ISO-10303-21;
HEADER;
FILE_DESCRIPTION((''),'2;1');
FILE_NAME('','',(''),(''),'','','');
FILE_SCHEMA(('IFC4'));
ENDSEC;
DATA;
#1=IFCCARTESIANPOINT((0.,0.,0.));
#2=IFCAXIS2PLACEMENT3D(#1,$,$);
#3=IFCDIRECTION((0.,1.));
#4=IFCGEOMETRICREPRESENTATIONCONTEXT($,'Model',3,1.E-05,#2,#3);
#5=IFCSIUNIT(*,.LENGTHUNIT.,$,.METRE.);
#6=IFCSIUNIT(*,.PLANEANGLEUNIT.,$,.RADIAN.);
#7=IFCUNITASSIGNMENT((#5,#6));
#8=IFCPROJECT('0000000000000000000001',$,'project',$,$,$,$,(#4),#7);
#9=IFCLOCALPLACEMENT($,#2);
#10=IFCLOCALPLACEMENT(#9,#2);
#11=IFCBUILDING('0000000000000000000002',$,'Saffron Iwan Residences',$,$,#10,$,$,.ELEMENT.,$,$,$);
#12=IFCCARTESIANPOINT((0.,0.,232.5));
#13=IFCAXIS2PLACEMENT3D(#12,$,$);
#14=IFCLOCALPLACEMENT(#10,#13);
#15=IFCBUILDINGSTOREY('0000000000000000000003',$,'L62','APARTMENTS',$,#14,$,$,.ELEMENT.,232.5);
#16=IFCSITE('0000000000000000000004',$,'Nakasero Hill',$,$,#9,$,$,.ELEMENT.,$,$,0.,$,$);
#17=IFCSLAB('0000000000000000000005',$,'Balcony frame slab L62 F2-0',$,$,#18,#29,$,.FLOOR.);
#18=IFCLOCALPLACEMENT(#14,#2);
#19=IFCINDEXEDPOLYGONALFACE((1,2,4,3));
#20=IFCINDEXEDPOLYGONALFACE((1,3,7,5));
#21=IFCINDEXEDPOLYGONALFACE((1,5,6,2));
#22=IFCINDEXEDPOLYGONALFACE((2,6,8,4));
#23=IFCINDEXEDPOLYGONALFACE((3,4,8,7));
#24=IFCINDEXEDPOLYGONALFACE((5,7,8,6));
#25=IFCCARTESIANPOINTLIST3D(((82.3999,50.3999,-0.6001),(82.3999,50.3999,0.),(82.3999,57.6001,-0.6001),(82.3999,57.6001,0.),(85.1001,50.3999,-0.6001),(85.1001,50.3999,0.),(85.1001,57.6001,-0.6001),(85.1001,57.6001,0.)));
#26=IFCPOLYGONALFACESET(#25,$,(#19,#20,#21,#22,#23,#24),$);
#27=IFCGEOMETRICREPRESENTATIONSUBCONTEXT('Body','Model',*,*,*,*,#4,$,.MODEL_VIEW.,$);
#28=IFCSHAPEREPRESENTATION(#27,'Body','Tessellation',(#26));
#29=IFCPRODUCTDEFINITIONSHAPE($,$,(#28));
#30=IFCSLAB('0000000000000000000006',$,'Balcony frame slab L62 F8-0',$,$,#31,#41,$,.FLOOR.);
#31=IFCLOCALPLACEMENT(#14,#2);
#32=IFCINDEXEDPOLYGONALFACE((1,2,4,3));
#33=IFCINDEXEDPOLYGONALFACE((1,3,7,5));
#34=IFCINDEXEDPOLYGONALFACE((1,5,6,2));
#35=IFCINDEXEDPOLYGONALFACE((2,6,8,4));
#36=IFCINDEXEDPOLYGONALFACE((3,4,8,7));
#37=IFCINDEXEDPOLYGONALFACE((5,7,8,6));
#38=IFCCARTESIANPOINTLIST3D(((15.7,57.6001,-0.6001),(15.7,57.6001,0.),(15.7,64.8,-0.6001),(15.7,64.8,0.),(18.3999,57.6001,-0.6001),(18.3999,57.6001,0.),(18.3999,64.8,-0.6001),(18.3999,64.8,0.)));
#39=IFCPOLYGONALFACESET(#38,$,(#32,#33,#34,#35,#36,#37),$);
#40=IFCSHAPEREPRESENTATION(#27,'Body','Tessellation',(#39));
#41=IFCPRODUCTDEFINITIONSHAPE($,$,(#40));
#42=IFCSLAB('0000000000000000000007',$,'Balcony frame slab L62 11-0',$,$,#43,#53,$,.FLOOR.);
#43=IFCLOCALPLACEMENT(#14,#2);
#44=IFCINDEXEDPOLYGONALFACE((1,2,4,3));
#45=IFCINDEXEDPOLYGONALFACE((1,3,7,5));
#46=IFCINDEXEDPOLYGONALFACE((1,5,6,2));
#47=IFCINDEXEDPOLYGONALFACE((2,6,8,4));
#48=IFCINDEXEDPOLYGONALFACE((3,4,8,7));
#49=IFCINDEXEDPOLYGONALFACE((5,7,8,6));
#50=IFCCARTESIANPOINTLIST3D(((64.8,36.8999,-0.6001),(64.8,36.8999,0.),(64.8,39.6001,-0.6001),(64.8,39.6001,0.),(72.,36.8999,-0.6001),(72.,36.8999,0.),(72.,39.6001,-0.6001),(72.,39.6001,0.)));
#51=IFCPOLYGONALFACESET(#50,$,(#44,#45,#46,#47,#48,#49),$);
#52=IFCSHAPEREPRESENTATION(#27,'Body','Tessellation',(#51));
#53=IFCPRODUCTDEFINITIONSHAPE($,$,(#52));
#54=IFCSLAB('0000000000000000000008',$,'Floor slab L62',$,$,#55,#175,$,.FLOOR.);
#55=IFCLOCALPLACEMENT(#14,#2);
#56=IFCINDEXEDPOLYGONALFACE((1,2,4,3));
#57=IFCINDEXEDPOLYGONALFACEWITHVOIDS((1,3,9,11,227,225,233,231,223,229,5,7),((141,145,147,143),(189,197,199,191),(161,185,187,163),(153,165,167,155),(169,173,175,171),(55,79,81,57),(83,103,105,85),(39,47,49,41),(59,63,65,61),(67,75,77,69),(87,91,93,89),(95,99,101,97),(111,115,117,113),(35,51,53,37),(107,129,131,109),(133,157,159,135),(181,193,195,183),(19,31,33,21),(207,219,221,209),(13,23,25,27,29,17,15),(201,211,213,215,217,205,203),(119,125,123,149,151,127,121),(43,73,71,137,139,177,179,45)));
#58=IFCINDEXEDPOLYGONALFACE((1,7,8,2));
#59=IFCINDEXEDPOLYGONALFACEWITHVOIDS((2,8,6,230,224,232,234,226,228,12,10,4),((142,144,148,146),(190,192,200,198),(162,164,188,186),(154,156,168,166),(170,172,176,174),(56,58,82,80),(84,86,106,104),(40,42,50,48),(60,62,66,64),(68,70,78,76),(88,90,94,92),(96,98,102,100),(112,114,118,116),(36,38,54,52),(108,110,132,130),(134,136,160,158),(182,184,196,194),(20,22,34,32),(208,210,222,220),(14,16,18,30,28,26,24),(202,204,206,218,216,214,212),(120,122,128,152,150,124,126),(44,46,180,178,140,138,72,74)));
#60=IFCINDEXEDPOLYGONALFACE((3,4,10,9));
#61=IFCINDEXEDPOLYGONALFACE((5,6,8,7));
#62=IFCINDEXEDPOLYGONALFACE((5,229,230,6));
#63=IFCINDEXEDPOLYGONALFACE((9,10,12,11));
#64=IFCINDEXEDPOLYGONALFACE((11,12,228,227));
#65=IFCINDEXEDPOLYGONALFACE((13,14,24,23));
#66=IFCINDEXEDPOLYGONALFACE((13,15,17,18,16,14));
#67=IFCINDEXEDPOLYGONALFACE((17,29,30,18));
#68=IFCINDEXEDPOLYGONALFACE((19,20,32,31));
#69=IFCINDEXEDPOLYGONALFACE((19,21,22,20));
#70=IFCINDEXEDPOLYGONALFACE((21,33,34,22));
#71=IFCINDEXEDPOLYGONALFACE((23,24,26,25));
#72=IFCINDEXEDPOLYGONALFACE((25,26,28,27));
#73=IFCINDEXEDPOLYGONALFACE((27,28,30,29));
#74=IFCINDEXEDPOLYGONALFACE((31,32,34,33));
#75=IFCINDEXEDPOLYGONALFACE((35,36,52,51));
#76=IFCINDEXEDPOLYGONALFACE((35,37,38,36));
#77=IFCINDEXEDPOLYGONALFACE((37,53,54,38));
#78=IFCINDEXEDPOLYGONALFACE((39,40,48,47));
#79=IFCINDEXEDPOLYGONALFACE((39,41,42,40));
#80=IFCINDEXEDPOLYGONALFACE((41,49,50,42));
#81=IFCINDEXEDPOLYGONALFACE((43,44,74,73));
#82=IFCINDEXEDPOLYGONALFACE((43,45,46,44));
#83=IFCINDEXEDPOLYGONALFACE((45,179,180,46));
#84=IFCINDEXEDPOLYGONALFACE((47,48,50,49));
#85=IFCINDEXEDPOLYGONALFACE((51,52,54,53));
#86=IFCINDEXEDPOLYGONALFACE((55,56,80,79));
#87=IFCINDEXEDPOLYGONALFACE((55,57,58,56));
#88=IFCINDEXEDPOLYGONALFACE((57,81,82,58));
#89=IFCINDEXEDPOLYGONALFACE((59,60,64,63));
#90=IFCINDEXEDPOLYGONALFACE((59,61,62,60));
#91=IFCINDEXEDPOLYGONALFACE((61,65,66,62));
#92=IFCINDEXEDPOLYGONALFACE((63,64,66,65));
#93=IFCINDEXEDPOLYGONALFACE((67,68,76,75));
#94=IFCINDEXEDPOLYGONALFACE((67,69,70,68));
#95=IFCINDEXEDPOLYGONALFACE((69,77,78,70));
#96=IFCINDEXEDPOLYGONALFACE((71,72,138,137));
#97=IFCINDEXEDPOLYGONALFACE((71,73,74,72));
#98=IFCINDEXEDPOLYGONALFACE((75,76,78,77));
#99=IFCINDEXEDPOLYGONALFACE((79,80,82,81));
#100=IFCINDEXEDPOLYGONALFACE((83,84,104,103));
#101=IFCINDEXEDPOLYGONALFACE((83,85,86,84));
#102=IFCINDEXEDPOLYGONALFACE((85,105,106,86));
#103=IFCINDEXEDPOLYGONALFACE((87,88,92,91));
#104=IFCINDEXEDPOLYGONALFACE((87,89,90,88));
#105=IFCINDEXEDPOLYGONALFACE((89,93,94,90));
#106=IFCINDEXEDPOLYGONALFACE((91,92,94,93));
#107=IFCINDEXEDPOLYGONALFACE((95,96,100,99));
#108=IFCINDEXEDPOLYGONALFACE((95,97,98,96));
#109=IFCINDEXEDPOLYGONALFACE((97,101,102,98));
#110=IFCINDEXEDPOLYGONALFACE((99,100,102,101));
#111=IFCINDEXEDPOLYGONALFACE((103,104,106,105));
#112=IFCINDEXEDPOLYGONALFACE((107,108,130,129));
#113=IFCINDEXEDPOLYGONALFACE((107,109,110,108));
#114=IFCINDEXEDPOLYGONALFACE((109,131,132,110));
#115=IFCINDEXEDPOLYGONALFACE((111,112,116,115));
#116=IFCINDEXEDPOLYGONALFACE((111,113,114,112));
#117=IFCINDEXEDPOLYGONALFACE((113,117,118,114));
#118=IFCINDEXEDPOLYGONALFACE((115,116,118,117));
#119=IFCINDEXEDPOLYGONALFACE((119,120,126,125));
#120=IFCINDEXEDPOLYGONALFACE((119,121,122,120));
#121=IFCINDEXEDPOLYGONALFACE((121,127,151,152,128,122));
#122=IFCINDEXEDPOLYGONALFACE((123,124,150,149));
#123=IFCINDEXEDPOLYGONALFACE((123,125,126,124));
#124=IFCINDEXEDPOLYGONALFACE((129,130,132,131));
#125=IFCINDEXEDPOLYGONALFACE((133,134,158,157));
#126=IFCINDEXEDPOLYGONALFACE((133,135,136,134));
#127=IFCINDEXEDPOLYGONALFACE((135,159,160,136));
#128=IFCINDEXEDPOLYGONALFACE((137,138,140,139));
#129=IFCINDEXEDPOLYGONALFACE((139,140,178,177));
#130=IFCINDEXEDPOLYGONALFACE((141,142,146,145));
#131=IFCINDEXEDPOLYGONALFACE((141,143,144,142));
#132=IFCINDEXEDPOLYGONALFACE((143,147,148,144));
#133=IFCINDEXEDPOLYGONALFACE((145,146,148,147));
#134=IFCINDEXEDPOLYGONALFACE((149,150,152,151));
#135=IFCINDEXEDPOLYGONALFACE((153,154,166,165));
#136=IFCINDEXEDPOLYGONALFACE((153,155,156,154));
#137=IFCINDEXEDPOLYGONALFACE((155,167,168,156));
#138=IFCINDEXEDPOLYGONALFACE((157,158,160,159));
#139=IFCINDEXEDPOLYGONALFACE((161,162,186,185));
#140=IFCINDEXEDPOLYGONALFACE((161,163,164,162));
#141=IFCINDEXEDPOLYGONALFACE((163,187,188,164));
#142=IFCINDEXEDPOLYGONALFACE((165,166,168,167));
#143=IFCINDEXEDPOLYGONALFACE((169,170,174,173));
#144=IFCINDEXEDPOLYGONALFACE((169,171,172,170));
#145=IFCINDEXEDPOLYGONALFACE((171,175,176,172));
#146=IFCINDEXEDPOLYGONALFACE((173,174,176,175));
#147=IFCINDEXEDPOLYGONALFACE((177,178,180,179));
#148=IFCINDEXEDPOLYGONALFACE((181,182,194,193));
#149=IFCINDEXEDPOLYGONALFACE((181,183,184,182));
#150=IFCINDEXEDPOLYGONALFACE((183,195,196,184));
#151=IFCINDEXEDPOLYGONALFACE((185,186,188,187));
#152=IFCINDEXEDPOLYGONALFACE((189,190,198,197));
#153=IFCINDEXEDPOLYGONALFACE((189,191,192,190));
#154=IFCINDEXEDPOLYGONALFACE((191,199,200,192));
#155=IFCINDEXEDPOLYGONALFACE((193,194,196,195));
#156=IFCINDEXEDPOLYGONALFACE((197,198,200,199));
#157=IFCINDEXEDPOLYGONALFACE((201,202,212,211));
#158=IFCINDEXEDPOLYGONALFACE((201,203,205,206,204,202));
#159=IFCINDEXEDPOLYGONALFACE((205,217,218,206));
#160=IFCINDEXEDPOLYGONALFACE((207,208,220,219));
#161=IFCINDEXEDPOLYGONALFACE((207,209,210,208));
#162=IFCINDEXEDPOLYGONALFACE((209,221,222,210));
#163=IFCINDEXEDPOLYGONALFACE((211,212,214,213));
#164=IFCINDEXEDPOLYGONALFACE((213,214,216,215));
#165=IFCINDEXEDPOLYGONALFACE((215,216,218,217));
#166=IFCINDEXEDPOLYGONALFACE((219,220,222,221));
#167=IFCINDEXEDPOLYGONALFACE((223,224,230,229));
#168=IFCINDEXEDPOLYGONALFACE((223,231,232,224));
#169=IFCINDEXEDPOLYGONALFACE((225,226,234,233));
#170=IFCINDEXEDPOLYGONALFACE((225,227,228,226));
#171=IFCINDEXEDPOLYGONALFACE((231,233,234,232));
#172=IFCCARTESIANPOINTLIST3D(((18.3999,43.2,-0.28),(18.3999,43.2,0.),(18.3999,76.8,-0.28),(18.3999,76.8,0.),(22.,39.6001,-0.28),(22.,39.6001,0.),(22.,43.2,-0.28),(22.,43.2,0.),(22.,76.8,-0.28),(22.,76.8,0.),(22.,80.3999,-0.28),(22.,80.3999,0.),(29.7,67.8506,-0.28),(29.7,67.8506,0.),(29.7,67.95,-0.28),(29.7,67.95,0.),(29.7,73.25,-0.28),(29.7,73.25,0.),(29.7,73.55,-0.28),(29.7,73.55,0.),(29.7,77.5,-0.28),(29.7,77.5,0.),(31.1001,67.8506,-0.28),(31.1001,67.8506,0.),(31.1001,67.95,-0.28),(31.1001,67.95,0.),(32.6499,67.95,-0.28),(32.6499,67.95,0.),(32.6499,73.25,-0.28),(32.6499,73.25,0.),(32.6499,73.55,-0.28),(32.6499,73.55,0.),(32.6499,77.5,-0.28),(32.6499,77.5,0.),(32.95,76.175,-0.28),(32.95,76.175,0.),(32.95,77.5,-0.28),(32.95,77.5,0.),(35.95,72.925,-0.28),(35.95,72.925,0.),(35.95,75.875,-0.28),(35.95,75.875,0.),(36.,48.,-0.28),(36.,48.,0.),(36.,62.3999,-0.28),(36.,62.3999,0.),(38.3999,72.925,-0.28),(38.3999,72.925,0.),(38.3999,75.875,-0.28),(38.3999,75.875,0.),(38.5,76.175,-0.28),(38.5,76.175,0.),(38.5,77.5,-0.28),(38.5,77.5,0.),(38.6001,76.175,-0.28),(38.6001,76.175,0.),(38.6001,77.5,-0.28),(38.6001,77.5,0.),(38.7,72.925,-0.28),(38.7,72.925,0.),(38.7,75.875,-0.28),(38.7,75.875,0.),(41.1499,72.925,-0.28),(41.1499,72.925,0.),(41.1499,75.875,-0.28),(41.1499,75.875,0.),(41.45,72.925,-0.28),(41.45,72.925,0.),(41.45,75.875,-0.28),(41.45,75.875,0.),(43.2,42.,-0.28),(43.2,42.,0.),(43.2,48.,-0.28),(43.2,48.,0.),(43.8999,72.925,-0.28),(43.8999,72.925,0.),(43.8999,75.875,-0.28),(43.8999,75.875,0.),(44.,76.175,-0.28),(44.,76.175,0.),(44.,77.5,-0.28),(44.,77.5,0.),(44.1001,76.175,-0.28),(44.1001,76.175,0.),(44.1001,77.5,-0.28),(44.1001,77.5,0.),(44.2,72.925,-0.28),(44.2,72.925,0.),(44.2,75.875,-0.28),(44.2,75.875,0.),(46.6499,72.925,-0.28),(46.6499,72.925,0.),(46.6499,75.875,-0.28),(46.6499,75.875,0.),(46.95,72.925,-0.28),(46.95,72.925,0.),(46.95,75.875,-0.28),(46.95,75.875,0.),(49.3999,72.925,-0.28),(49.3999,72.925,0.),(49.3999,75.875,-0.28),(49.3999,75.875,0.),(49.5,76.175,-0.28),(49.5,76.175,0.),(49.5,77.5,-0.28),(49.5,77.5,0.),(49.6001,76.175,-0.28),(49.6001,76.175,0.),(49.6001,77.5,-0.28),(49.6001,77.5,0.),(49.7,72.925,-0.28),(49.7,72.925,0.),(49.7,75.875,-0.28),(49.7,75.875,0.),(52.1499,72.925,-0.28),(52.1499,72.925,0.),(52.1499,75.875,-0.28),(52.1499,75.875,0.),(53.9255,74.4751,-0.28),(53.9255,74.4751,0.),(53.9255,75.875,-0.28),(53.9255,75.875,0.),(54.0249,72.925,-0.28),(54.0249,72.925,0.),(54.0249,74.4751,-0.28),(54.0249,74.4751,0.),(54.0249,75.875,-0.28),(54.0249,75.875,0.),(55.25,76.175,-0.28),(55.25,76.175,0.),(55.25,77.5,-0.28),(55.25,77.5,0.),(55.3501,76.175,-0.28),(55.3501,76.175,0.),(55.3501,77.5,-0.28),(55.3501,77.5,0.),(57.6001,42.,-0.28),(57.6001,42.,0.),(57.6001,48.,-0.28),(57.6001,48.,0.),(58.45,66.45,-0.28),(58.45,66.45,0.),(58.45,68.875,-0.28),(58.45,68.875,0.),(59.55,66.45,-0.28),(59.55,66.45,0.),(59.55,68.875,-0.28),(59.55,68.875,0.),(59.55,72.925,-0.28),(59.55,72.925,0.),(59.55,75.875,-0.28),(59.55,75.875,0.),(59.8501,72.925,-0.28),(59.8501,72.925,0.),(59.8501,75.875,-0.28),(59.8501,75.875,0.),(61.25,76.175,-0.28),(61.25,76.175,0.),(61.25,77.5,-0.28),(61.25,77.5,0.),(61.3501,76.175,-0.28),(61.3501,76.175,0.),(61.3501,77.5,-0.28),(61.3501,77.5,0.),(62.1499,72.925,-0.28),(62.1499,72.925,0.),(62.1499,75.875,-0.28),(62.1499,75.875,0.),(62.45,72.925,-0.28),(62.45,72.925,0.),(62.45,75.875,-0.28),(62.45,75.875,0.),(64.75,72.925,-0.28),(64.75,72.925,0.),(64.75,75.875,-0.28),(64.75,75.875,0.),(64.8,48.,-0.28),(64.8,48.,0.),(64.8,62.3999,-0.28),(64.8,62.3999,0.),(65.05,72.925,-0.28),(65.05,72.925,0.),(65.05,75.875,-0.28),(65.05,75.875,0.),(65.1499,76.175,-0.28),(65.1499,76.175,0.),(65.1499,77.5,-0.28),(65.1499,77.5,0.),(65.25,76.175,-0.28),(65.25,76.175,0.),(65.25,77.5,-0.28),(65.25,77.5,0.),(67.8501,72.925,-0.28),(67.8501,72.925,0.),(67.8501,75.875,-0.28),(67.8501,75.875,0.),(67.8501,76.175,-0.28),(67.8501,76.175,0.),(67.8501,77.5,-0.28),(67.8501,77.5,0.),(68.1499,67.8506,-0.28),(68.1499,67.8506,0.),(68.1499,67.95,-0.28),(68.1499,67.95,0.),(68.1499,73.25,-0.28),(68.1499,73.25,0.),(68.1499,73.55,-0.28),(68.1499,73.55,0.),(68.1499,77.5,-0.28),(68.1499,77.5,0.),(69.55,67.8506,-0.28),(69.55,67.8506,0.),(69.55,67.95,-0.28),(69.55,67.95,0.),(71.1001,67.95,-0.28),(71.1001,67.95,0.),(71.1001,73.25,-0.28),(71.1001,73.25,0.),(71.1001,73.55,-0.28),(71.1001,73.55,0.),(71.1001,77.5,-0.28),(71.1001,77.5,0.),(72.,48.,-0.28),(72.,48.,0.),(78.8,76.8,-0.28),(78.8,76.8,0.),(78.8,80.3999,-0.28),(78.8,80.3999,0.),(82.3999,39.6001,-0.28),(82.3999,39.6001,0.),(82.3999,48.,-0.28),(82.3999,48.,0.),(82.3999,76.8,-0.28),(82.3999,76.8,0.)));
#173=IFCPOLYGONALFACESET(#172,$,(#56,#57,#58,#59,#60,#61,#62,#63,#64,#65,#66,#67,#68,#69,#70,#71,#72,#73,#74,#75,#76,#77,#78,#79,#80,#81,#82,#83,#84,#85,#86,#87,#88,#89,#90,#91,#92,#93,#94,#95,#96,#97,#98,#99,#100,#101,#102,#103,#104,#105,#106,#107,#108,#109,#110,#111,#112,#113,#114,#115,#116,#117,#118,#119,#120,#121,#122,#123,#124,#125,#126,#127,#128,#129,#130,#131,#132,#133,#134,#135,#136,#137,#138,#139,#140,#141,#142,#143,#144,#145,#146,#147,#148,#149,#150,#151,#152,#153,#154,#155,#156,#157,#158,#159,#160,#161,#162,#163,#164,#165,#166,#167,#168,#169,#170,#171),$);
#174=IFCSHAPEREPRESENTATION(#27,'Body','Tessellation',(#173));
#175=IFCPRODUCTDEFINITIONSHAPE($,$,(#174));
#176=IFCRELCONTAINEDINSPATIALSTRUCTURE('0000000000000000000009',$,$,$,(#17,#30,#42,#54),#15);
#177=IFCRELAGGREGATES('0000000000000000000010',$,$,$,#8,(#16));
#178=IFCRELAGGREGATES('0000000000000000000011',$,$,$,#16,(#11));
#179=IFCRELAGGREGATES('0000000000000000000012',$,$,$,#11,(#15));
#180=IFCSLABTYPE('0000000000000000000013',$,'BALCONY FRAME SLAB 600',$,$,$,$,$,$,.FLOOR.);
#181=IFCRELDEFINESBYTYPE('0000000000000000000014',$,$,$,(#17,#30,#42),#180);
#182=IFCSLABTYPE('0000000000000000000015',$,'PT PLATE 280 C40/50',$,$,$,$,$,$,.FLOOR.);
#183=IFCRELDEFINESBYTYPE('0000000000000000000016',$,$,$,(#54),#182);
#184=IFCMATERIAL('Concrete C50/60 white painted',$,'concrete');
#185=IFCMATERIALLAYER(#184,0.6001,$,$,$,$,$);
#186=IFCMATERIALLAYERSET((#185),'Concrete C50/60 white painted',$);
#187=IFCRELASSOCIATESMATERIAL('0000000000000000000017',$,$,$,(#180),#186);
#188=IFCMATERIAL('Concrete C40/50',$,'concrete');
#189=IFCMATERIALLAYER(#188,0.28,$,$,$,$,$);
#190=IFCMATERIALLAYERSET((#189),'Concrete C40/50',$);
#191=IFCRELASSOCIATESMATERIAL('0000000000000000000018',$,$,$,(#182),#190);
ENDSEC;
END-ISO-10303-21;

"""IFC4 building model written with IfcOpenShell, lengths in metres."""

from ifc_helpers import new_model, si_unit, direction, frame, origin, place, context, subcontext, project, spatial, polyline, outline, extrude, material, layer, layer_set, type_object, element, save


model = new_model("IFC4")

# Units and contexts
model_context = context("Model", 3, precision=1e-05, world=origin(), true_north=direction((0.0, 1.0)))
body_context = subcontext(model_context, "Body", "Model", "MODEL_VIEW")
ifc_project = project(units=[si_unit("LENGTHUNIT", "METRE"), si_unit("PLANEANGLEUNIT", "RADIAN")], contexts=[model_context])

# Site, building, storey
site_placement = place(None, origin())
site = spatial("IfcSite", under=ifc_project, at=site_placement, Name="Nakasero Hill", CompositionType="ELEMENT", RefElevation=0.0)
building_placement = place(site_placement, origin())
building = spatial("IfcBuilding", under=site, at=building_placement, Name="Saffron Iwan Residences", CompositionType="ELEMENT")
storey_placement = place(building_placement, frame((0.0, 0.0, 232.5)))
storey = spatial("IfcBuildingStorey", under=building, at=storey_placement, Name="L62", Description="APARTMENTS", CompositionType="ELEMENT", Elevation=232.5)

# Slabs
ifc_material_1 = material(Name="Concrete C50/60 white painted", Category="concrete")
ifc_layer_1 = layer(ifc_material_1, 0.6001)
ifc_layer_set_1 = layer_set([ifc_layer_1], Name="Concrete C50/60 white painted")
slab_type_1 = type_object("IfcSlabType", Name="BALCONY FRAME SLAB 600", PredefinedType="FLOOR", material=ifc_layer_set_1)
slab_1_placement = place(storey_placement, frame((0.0, 0.0, -0.6001)))
element("IfcSlab", 1, at=slab_1_placement, inside=storey, type_object=slab_type_1, Name="Balcony frame slab L62 F2-0", PredefinedType="FLOOR", context=body_context, shape_type="SweptSolid", body=[
    extrude(outline(polyline([(85.1001, 50.3999), (85.1001, 57.6001), (82.3999, 57.6001), (82.3999, 50.3999), (85.1001, 50.3999)])), origin(), (0.0, 0.0, 1.0), 0.6001),
])
slab_2_placement = place(storey_placement, frame((0.0, 0.0, -0.6001)))
element("IfcSlab", 2, at=slab_2_placement, inside=storey, type_object=slab_type_1, Name="Balcony frame slab L62 F8-0", PredefinedType="FLOOR", context=body_context, shape_type="SweptSolid", body=[
    extrude(outline(polyline([(15.7, 64.8), (15.7, 57.6001), (18.3999, 57.6001), (18.3999, 64.8), (15.7, 64.8)])), origin(), (0.0, 0.0, 1.0), 0.6001),
])
slab_3_placement = place(storey_placement, frame((0.0, 0.0, -0.6001)))
element("IfcSlab", 3, at=slab_3_placement, inside=storey, type_object=slab_type_1, Name="Balcony frame slab L62 11-0", PredefinedType="FLOOR", context=body_context, shape_type="SweptSolid", body=[
    extrude(outline(polyline([(64.8, 36.8999), (72.0, 36.8999), (72.0, 39.6001), (64.8, 39.6001), (64.8, 36.8999)])), origin(), (0.0, 0.0, 1.0), 0.6001),
])
ifc_material_2 = material(Name="Concrete C40/50", Category="concrete")
ifc_layer_2 = layer(ifc_material_2, 0.28)
ifc_layer_set_2 = layer_set([ifc_layer_2], Name="Concrete C40/50")
slab_type_2 = type_object("IfcSlabType", Name="PT PLATE 280 C40/50", PredefinedType="FLOOR", material=ifc_layer_set_2)
slab_4_placement = place(storey_placement, frame((0.0, 0.0, -0.28)))
element("IfcSlab", 4, at=slab_4_placement, inside=storey, type_object=slab_type_2, Name="Floor slab L62", PredefinedType="FLOOR", context=body_context, shape_type="SweptSolid", body=[
    extrude(outline(polyline([(18.3999, 43.2), (18.3999, 76.8), (22.0, 76.8), (22.0, 80.3999), (78.8, 80.3999), (78.8, 76.8), (82.3999, 76.8), (82.3999, 48.0), (72.0, 48.0), (82.3999, 39.6001), (22.0, 39.6001), (22.0, 43.2), (18.3999, 43.2)]), holes=[polyline([(64.8, 48.0), (64.8, 62.3999), (36.0, 62.3999), (36.0, 48.0), (43.2, 48.0), (43.2, 42.0), (57.6001, 42.0), (57.6001, 48.0), (64.8, 48.0)]), polyline([(29.7, 73.25), (29.7, 67.95), (29.7, 67.8506), (31.1001, 67.8506), (31.1001, 67.95), (32.6499, 67.95), (32.6499, 73.25), (29.7, 73.25)]), polyline([(38.3999, 75.875), (35.95, 75.875), (35.95, 72.925), (38.3999, 72.925), (38.3999, 75.875)]), polyline([(41.1499, 75.875), (38.7, 75.875), (38.7, 72.925), (41.1499, 72.925), (41.1499, 75.875)]), polyline([(43.8999, 72.925), (43.8999, 75.875), (41.45, 75.875), (41.45, 72.925), (43.8999, 72.925)]), polyline([(46.6499, 72.925), (46.6499, 75.875), (44.2, 75.875), (44.2, 72.925), (46.6499, 72.925)]), polyline([(49.3999, 75.875), (46.95, 75.875), (46.95, 72.925), (49.3999, 72.925), (49.3999, 75.875)]), polyline([(52.1499, 72.925), (52.1499, 75.875), (49.7, 75.875), (49.7, 72.925), (52.1499, 72.925)]), polyline([(32.6499, 73.55), (32.6499, 77.5), (29.7, 77.5), (29.7, 73.55), (32.6499, 73.55)]), polyline([(38.5, 77.5), (32.95, 77.5), (32.95, 76.175), (38.5, 76.175), (38.5, 77.5)]), polyline([(44.0, 76.175), (44.0, 77.5), (38.6001, 77.5), (38.6001, 76.175), (44.0, 76.175)]), polyline([(49.5, 76.175), (49.5, 77.5), (44.1001, 77.5), (44.1001, 76.175), (49.5, 76.175)]), polyline([(59.55, 68.875), (58.45, 68.875), (58.45, 66.45), (59.55, 66.45), (59.55, 68.875)]), polyline([(68.1499, 73.25), (68.1499, 67.95), (68.1499, 67.8506), (69.55, 67.8506), (69.55, 67.95), (71.1001, 67.95), (71.1001, 73.25), (68.1499, 73.25)]), polyline([(54.0249, 74.4751), (54.0249, 72.925), (59.55, 72.925), (59.55, 75.875), (54.0249, 75.875), (53.9255, 75.875), (53.9255, 74.4751), (54.0249, 74.4751)]), polyline([(62.1499, 72.925), (62.1499, 75.875), (59.8501, 75.875), (59.8501, 72.925), (62.1499, 72.925)]), polyline([(64.75, 72.925), (64.75, 75.875), (62.45, 75.875), (62.45, 72.925), (64.75, 72.925)]), polyline([(67.8501, 75.875), (65.05, 75.875), (65.05, 72.925), (67.8501, 72.925), (67.8501, 75.875)]), polyline([(71.1001, 73.55), (71.1001, 77.5), (68.1499, 77.5), (68.1499, 73.55), (71.1001, 73.55)]), polyline([(55.25, 76.175), (55.25, 77.5), (49.6001, 77.5), (49.6001, 76.175), (55.25, 76.175)]), polyline([(61.25, 77.5), (55.3501, 77.5), (55.3501, 76.175), (61.25, 76.175), (61.25, 77.5)]), polyline([(65.1499, 76.175), (65.1499, 77.5), (61.3501, 77.5), (61.3501, 76.175), (65.1499, 76.175)]), polyline([(67.8501, 76.175), (67.8501, 77.5), (65.25, 77.5), (65.25, 76.175), (67.8501, 76.175)])]), origin(), (0.0, 0.0, 1.0), 0.28),
])

save(model, "model.ifc")
